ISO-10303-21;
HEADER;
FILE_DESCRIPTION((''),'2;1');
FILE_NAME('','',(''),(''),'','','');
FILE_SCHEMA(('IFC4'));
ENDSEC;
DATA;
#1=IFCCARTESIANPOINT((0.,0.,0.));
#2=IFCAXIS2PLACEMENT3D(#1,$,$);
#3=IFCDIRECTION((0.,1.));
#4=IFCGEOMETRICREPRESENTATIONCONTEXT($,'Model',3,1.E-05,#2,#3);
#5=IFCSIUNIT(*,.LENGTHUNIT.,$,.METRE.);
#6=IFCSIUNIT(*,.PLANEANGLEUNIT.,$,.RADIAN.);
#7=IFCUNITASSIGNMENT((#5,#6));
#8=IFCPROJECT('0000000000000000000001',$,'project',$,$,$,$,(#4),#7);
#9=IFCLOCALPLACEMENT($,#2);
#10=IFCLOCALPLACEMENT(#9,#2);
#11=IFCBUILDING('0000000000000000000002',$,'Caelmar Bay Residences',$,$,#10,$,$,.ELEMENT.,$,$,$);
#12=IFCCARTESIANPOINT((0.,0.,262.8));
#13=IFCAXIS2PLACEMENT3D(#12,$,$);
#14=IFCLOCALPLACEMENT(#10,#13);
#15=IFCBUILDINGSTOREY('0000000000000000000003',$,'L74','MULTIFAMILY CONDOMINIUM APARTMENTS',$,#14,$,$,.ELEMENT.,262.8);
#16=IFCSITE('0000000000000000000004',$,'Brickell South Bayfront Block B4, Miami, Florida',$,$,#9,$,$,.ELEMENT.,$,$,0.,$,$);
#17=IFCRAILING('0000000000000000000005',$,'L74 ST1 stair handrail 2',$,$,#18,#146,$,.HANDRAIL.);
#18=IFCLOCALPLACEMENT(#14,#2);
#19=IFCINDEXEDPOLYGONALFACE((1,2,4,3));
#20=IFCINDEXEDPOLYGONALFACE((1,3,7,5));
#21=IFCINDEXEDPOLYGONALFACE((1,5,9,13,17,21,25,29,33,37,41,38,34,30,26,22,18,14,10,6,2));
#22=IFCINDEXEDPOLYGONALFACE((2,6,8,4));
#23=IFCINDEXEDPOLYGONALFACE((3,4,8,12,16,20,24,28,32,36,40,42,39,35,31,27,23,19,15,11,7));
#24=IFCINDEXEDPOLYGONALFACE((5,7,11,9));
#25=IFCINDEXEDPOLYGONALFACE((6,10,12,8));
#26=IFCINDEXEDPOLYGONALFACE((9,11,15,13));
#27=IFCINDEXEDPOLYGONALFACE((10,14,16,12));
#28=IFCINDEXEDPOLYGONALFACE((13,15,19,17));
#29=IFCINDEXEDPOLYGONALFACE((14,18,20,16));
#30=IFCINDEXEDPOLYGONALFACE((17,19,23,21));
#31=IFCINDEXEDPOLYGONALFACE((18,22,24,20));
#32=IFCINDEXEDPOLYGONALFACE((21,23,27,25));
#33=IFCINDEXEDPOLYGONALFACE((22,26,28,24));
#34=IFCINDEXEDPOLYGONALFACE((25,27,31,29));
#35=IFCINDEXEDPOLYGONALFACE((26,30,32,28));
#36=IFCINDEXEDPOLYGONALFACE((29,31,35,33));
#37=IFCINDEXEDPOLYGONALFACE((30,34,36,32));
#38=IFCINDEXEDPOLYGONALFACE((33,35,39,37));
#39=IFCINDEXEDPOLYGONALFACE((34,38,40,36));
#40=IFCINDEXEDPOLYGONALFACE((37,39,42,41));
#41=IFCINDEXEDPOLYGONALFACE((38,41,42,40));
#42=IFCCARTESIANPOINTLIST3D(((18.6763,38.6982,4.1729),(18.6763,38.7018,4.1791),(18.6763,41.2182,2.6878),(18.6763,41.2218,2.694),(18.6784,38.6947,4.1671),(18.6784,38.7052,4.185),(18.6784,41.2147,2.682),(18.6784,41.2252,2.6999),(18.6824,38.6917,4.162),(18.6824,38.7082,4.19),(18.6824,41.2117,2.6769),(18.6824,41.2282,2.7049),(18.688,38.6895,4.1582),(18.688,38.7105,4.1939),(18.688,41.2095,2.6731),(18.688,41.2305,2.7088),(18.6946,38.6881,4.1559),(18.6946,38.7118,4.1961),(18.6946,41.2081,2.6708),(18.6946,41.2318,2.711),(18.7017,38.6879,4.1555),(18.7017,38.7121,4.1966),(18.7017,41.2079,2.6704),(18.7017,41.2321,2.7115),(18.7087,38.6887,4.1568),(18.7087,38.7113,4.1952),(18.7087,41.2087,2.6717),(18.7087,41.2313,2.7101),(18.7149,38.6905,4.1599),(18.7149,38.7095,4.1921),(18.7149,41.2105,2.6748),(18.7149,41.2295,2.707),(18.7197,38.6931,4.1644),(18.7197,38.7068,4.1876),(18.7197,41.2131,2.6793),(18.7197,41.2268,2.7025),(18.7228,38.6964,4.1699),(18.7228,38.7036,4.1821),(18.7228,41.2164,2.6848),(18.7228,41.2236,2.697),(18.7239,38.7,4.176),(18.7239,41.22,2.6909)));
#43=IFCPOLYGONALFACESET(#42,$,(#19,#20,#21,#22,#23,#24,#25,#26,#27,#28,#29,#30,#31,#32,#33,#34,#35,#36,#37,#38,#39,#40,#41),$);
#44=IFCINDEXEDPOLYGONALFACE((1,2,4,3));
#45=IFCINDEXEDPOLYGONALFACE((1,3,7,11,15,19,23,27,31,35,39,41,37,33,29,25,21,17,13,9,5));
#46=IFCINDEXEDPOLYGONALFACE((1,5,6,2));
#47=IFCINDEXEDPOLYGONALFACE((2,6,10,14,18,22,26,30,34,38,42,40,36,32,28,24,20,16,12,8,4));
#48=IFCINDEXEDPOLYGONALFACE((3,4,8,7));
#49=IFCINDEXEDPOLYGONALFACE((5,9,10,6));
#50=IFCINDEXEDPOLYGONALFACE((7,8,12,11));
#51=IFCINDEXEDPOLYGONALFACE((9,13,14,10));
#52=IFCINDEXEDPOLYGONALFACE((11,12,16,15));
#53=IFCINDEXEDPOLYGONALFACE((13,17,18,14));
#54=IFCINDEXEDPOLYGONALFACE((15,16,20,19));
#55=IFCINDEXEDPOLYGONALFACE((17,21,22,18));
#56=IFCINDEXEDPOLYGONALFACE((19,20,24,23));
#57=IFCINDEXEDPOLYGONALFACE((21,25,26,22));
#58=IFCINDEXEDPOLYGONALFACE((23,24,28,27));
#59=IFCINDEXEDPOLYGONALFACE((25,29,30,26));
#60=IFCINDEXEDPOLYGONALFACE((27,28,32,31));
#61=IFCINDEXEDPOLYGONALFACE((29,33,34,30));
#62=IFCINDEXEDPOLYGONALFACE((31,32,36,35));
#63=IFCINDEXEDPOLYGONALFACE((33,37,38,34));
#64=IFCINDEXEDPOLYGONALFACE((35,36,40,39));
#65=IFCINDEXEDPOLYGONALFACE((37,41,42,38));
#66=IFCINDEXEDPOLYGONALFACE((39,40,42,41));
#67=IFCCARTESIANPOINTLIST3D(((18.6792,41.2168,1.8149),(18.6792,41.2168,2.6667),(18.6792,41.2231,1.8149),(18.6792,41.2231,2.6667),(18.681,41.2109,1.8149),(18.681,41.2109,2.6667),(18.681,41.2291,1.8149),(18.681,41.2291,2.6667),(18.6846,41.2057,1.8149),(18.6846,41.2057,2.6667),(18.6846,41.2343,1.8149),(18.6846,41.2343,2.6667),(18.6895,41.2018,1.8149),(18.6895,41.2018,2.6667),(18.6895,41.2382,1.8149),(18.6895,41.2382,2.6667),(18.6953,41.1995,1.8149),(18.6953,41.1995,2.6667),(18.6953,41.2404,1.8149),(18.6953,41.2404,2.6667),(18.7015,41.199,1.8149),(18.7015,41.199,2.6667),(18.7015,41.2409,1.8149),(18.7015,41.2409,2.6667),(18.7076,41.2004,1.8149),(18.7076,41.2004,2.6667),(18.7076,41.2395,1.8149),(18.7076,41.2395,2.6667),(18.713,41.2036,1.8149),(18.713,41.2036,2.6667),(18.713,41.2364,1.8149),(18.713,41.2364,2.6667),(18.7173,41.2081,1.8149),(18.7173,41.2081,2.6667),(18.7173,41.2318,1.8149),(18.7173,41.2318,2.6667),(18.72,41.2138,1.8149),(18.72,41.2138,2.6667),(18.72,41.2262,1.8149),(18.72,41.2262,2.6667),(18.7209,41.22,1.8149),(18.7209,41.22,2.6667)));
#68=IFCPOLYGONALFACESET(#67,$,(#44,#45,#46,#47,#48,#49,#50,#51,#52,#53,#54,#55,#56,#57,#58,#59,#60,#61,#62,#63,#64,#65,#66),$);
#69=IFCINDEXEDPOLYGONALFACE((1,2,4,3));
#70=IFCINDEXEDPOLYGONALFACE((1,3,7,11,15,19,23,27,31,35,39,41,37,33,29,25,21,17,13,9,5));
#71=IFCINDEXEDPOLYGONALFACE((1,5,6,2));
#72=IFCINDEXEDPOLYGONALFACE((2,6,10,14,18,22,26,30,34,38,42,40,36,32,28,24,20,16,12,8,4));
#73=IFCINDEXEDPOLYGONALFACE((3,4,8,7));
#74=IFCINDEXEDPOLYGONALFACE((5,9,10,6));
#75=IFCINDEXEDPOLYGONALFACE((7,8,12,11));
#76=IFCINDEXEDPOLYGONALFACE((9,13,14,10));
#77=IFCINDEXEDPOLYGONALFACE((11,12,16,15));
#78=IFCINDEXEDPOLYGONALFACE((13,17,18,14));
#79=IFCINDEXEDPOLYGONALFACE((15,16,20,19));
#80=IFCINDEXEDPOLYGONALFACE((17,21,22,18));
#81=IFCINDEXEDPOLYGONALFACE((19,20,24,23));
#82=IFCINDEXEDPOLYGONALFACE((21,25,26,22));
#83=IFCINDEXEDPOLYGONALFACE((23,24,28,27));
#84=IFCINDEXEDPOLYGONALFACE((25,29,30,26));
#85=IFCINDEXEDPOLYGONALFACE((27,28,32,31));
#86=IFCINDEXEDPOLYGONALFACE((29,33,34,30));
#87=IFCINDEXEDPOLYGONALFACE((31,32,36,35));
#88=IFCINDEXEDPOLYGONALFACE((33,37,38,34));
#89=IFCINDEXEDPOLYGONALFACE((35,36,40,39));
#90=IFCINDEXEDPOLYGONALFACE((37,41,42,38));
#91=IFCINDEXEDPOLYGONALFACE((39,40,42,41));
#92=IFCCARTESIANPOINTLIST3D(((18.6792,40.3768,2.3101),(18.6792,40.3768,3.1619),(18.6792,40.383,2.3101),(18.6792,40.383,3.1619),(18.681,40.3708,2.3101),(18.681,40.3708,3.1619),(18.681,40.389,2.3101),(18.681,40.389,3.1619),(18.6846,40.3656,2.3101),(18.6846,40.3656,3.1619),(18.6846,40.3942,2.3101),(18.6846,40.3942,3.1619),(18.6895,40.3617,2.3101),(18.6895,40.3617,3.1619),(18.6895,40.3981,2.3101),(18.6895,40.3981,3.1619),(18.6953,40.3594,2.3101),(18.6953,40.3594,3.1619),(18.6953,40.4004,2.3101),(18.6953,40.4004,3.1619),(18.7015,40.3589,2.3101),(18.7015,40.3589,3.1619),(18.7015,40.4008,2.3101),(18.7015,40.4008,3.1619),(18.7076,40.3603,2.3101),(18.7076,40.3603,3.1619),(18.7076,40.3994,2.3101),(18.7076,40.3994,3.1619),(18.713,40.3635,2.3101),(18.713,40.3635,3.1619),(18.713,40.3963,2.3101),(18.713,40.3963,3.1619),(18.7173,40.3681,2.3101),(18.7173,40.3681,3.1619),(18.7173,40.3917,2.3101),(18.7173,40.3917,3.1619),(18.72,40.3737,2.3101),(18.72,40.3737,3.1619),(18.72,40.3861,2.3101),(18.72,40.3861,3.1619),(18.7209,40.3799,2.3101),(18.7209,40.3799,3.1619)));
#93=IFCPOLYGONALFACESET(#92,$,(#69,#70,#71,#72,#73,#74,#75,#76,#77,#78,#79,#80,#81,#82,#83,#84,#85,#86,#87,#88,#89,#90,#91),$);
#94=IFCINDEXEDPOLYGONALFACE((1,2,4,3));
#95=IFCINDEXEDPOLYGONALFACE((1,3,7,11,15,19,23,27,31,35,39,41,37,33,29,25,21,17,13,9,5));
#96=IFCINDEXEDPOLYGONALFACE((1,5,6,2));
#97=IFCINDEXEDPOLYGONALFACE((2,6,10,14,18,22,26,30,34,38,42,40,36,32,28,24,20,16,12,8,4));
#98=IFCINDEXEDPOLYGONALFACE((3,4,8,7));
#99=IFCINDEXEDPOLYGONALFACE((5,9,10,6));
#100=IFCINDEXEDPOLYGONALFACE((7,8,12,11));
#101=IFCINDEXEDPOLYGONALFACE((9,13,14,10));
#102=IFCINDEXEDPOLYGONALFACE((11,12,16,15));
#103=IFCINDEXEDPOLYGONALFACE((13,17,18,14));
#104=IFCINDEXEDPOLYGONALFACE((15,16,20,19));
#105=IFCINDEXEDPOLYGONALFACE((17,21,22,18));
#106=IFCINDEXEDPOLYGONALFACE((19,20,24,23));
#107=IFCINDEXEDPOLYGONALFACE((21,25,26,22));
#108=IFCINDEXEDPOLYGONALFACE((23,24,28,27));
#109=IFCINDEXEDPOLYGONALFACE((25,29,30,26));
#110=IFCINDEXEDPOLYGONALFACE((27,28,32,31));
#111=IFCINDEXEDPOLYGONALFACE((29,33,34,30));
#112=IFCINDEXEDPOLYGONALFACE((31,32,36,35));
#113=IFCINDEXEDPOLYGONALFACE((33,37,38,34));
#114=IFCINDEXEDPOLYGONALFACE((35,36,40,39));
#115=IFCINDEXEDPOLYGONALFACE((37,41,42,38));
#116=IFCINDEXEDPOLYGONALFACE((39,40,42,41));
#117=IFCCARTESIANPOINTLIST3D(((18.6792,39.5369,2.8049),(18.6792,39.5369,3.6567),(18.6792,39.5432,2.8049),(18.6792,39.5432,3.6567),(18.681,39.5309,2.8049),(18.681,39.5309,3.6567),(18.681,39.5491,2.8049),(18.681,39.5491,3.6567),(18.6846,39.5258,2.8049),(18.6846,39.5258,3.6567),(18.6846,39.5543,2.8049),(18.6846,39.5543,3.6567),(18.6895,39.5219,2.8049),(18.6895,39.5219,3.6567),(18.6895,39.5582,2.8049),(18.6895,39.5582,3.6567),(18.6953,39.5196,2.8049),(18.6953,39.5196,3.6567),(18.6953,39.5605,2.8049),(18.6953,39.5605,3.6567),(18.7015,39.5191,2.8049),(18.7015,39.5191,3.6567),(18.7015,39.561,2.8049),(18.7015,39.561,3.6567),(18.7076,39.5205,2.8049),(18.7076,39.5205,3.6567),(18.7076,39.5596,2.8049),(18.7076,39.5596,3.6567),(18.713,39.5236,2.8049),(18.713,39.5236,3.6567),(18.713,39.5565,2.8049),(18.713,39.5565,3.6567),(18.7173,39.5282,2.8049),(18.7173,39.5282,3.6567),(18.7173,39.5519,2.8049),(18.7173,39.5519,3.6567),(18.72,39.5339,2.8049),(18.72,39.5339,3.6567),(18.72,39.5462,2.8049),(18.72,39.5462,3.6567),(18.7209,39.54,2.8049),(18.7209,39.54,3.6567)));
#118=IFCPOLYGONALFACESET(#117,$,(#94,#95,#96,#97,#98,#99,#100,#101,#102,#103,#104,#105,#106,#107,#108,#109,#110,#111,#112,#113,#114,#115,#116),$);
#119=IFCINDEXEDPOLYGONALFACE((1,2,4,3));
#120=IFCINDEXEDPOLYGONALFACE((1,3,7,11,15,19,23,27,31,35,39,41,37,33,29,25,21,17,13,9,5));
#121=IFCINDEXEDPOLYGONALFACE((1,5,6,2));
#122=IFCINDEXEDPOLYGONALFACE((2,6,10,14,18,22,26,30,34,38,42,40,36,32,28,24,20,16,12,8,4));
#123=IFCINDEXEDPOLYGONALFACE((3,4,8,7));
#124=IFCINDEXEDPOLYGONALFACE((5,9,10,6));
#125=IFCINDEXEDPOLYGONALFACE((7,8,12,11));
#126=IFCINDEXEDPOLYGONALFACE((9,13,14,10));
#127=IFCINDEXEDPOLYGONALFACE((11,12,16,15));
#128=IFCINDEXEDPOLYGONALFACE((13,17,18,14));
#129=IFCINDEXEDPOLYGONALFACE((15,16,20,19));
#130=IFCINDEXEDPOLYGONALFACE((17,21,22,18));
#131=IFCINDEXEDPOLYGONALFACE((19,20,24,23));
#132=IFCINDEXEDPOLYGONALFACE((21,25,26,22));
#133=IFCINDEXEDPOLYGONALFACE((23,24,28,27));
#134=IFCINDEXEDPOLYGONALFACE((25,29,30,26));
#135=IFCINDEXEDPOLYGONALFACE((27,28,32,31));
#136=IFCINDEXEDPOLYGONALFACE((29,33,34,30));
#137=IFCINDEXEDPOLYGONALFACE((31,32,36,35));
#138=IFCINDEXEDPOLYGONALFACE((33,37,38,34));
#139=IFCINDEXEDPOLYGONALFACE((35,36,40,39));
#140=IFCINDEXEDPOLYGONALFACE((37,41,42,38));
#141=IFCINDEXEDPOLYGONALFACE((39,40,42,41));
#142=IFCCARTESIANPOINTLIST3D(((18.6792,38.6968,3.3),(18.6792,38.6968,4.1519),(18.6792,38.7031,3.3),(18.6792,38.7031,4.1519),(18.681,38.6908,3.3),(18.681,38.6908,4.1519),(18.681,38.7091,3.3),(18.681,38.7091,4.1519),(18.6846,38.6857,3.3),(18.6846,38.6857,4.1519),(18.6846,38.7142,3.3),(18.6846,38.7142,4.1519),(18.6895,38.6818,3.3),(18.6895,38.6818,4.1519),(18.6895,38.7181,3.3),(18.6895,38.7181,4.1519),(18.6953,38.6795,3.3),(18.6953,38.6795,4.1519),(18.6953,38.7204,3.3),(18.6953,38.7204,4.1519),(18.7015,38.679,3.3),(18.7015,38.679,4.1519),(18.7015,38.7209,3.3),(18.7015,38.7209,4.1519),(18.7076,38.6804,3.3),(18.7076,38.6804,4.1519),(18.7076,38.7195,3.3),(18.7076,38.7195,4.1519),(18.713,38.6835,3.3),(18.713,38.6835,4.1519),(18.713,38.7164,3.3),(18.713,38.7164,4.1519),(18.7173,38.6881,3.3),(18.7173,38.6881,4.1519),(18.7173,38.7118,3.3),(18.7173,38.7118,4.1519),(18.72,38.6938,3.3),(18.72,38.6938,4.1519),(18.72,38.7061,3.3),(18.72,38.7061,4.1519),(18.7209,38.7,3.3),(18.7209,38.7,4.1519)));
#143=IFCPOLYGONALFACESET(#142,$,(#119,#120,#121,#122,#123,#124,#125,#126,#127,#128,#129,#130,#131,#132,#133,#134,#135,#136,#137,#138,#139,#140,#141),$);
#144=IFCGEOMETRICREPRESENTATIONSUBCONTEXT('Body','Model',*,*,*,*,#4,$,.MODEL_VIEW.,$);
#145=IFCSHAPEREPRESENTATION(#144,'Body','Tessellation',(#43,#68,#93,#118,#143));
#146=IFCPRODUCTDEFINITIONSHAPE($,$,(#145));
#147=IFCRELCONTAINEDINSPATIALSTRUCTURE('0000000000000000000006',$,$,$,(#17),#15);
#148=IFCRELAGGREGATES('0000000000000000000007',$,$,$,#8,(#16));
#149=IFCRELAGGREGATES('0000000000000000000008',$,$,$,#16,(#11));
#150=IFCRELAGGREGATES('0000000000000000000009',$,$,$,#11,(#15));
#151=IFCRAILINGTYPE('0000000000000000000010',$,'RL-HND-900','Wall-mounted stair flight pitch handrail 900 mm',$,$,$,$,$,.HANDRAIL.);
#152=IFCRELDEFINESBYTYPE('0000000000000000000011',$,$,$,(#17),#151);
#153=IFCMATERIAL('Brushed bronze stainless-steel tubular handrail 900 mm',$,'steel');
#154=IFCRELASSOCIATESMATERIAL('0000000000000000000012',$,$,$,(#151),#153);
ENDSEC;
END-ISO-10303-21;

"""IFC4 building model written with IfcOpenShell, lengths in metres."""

from ifc_helpers import new_model, si_unit, direction, frame, origin, origin_2d, place, context, subcontext, project, spatial, circle, extrude, material, type_object, element, save


model = new_model("IFC4")

# Units and contexts
model_context = context("Model", 3, precision=1e-05, world=origin(), true_north=direction((0.0, 1.0)))
body_context = subcontext(model_context, "Body", "Model", "MODEL_VIEW")
ifc_project = project(units=[si_unit("LENGTHUNIT", "METRE"), si_unit("PLANEANGLEUNIT", "RADIAN")], contexts=[model_context])

# Site, building, storey
site_placement = place(None, origin())
site = spatial("IfcSite", under=ifc_project, at=site_placement, Name="Brickell South Bayfront Block B4, Miami, Florida", CompositionType="ELEMENT", RefElevation=0.0)
building_placement = place(site_placement, origin())
building = spatial("IfcBuilding", under=site, at=building_placement, Name="Caelmar Bay Residences", CompositionType="ELEMENT")
storey_placement = place(building_placement, frame((0.0, 0.0, 262.8)))
storey = spatial("IfcBuildingStorey", under=building, at=storey_placement, Name="L74", Description="MULTIFAMILY CONDOMINIUM APARTMENTS", CompositionType="ELEMENT", Elevation=262.8)

# Railing
ifc_material_1 = material(Name="Brushed bronze stainless-steel tubular handrail 900 mm", Category="steel")
railing_type_1 = type_object("IfcRailingType", Name="RL-HND-900", Description="Wall-mounted stair flight pitch handrail 900 mm", PredefinedType="HANDRAIL", material=ifc_material_1)
railing_1_placement = place(storey_placement, frame((18.7, 41.22, 1.8149)))
element("IfcRailing", 1, at=railing_1_placement, inside=storey, type_object=railing_type_1, Name="L74 ST1 stair handrail 2", PredefinedType="HANDRAIL", context=body_context, shape_type="SweptSolid", body=[
    extrude(circle(Radius=0.0239, at=origin_2d()), frame((0.0, 0.0, 0.876), z_axis=(0.0, -0.861524, 0.507717), x_axis=(1.0, 0.0, 0.0)), (0.0, 0.0, 1.0), 2.925),
    extrude(circle(Radius=0.021, at=origin_2d()), origin(), (0.0, 0.0, 1.0), 0.8518),
    extrude(circle(Radius=0.021, at=origin_2d()), frame((0.0, -0.8401, 0.4951)), (0.0, 0.0, 1.0), 0.8518),
    extrude(circle(Radius=0.021, at=origin_2d()), frame((0.0, -1.6799, 0.99)), (0.0, 0.0, 1.0), 0.8518),
    extrude(circle(Radius=0.021, at=origin_2d()), frame((0.0, -2.52, 1.4851)), (0.0, 0.0, 1.0), 0.8518),
])

save(model, "model.ifc")
